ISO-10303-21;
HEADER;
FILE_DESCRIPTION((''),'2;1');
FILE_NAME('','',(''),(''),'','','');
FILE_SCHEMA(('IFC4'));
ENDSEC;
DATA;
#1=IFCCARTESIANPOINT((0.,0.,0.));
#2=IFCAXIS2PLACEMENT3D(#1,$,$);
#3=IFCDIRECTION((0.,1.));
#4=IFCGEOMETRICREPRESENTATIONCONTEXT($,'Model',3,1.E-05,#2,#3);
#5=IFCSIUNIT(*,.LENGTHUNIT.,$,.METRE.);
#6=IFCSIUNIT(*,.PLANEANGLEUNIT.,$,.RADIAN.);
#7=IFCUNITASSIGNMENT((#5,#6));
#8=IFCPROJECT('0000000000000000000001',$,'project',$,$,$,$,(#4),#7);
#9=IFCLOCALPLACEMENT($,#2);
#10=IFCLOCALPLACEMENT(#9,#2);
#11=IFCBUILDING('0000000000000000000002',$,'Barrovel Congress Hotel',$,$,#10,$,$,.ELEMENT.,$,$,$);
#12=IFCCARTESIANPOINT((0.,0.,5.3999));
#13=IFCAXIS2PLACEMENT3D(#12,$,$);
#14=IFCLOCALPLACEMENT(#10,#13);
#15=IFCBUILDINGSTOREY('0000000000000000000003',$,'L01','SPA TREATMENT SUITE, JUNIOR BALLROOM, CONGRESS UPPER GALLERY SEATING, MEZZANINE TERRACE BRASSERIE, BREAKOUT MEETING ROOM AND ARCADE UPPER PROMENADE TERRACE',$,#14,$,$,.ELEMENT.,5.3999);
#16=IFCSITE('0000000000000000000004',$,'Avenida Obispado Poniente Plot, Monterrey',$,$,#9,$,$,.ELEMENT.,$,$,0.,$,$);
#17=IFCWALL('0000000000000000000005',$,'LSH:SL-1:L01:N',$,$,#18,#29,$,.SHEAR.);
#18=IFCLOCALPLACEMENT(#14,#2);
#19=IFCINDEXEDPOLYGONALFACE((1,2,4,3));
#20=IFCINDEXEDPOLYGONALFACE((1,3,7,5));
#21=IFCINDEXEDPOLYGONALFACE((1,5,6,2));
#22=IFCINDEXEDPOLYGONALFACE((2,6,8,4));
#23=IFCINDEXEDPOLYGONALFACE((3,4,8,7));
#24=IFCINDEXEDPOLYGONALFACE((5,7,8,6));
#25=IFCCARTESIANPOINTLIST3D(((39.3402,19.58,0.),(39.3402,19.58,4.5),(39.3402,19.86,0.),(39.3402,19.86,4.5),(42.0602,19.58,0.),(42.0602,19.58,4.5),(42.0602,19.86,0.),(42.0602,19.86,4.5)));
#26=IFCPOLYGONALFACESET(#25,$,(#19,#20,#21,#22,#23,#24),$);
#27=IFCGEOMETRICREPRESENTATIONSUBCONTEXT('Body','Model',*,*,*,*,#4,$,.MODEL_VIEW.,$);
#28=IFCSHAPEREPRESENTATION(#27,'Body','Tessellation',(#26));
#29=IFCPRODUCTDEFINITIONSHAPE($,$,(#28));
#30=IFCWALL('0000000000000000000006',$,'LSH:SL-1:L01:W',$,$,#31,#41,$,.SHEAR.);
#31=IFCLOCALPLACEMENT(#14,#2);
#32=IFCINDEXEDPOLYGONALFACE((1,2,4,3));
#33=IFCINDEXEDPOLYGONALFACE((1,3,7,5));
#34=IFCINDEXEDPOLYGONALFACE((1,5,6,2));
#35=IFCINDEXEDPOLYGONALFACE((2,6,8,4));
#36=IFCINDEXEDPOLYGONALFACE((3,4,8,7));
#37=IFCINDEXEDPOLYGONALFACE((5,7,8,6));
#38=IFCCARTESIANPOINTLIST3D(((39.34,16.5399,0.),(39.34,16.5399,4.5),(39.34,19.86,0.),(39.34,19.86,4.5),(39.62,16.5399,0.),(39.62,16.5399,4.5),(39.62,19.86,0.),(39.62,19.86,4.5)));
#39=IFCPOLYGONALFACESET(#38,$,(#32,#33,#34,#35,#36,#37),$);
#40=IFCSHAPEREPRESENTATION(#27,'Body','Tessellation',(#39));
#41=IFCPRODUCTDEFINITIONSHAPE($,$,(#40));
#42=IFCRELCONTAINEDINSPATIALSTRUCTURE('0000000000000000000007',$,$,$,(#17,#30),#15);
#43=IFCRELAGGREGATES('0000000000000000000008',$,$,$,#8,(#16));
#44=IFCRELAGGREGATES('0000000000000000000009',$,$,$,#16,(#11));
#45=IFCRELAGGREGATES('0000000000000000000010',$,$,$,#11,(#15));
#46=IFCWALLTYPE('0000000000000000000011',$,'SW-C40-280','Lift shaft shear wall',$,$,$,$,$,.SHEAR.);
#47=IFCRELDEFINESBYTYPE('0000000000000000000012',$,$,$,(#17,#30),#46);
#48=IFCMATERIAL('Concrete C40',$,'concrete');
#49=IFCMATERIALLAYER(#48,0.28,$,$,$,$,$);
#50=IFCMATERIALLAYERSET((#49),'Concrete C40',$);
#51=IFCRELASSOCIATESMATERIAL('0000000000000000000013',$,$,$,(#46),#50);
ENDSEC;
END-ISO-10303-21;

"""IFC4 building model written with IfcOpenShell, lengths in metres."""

from ifc_helpers import new_model, si_unit, direction, frame, frame_2d, origin, place, context, subcontext, project, spatial, rectangle, extrude, material, layer, layer_set, type_object, element, save


model = new_model("IFC4")

# Units and contexts
model_context = context("Model", 3, precision=1e-05, world=origin(), true_north=direction((0.0, 1.0)))
body_context = subcontext(model_context, "Body", "Model", "MODEL_VIEW")
ifc_project = project(units=[si_unit("LENGTHUNIT", "METRE"), si_unit("PLANEANGLEUNIT", "RADIAN")], contexts=[model_context])

# Site, building, storey
site_placement = place(None, origin())
site = spatial("IfcSite", under=ifc_project, at=site_placement, Name="Avenida Obispado Poniente Plot, Monterrey", CompositionType="ELEMENT", RefElevation=0.0)
building_placement = place(site_placement, origin())
building = spatial("IfcBuilding", under=site, at=building_placement, Name="Barrovel Congress Hotel", CompositionType="ELEMENT")
storey_placement = place(building_placement, frame((0.0, 0.0, 5.3999)))
storey = spatial("IfcBuildingStorey", under=building, at=storey_placement, Name="L01", Description="SPA TREATMENT SUITE, JUNIOR BALLROOM, CONGRESS UPPER GALLERY SEATING, MEZZANINE TERRACE BRASSERIE, BREAKOUT MEETING ROOM AND ARCADE UPPER PROMENADE TERRACE", CompositionType="ELEMENT", Elevation=5.3999)

# Shared definitions
ifc_material_1 = material(Name="Concrete C40", Category="concrete")

# Shared definitions
ifc_layer_1 = layer(ifc_material_1, 0.28)
ifc_layer_set_1 = layer_set([ifc_layer_1], Name="Concrete C40")
wall_type_1 = type_object("IfcWallType", Name="SW-C40-280", Description="Lift shaft shear wall", PredefinedType="SHEAR", material=ifc_layer_set_1)

# Walls
wall_1_placement = place(storey_placement, frame((42.0601, 19.72, 0.0), z_axis=(0.0, 0.0, 1.0), x_axis=(-1.0, 0.0, 0.0)))
element("IfcWall", 1, at=wall_1_placement, inside=storey, type_object=wall_type_1, Name="LSH:SL-1:L01:N", PredefinedType="SHEAR", context=body_context, shape_type="SweptSolid", body=[
    extrude(rectangle(XDim=2.72, YDim=0.28, at=frame_2d((1.3599, 0.0))), origin(), (0.0, 0.0, 1.0), 4.5),
])
wall_2_placement = place(storey_placement, frame((39.48, 19.8601, 0.0), z_axis=(0.0, 0.0, 1.0), x_axis=(0.0, -1.0, 0.0)))
element("IfcWall", 2, at=wall_2_placement, inside=storey, type_object=wall_type_1, Name="LSH:SL-1:L01:W", PredefinedType="SHEAR", context=body_context, shape_type="SweptSolid", body=[
    extrude(rectangle(XDim=3.3201, YDim=0.28, at=frame_2d((1.6602, 0.0))), origin(), (0.0, 0.0, 1.0), 4.5),
])

save(model, "model.ifc")
